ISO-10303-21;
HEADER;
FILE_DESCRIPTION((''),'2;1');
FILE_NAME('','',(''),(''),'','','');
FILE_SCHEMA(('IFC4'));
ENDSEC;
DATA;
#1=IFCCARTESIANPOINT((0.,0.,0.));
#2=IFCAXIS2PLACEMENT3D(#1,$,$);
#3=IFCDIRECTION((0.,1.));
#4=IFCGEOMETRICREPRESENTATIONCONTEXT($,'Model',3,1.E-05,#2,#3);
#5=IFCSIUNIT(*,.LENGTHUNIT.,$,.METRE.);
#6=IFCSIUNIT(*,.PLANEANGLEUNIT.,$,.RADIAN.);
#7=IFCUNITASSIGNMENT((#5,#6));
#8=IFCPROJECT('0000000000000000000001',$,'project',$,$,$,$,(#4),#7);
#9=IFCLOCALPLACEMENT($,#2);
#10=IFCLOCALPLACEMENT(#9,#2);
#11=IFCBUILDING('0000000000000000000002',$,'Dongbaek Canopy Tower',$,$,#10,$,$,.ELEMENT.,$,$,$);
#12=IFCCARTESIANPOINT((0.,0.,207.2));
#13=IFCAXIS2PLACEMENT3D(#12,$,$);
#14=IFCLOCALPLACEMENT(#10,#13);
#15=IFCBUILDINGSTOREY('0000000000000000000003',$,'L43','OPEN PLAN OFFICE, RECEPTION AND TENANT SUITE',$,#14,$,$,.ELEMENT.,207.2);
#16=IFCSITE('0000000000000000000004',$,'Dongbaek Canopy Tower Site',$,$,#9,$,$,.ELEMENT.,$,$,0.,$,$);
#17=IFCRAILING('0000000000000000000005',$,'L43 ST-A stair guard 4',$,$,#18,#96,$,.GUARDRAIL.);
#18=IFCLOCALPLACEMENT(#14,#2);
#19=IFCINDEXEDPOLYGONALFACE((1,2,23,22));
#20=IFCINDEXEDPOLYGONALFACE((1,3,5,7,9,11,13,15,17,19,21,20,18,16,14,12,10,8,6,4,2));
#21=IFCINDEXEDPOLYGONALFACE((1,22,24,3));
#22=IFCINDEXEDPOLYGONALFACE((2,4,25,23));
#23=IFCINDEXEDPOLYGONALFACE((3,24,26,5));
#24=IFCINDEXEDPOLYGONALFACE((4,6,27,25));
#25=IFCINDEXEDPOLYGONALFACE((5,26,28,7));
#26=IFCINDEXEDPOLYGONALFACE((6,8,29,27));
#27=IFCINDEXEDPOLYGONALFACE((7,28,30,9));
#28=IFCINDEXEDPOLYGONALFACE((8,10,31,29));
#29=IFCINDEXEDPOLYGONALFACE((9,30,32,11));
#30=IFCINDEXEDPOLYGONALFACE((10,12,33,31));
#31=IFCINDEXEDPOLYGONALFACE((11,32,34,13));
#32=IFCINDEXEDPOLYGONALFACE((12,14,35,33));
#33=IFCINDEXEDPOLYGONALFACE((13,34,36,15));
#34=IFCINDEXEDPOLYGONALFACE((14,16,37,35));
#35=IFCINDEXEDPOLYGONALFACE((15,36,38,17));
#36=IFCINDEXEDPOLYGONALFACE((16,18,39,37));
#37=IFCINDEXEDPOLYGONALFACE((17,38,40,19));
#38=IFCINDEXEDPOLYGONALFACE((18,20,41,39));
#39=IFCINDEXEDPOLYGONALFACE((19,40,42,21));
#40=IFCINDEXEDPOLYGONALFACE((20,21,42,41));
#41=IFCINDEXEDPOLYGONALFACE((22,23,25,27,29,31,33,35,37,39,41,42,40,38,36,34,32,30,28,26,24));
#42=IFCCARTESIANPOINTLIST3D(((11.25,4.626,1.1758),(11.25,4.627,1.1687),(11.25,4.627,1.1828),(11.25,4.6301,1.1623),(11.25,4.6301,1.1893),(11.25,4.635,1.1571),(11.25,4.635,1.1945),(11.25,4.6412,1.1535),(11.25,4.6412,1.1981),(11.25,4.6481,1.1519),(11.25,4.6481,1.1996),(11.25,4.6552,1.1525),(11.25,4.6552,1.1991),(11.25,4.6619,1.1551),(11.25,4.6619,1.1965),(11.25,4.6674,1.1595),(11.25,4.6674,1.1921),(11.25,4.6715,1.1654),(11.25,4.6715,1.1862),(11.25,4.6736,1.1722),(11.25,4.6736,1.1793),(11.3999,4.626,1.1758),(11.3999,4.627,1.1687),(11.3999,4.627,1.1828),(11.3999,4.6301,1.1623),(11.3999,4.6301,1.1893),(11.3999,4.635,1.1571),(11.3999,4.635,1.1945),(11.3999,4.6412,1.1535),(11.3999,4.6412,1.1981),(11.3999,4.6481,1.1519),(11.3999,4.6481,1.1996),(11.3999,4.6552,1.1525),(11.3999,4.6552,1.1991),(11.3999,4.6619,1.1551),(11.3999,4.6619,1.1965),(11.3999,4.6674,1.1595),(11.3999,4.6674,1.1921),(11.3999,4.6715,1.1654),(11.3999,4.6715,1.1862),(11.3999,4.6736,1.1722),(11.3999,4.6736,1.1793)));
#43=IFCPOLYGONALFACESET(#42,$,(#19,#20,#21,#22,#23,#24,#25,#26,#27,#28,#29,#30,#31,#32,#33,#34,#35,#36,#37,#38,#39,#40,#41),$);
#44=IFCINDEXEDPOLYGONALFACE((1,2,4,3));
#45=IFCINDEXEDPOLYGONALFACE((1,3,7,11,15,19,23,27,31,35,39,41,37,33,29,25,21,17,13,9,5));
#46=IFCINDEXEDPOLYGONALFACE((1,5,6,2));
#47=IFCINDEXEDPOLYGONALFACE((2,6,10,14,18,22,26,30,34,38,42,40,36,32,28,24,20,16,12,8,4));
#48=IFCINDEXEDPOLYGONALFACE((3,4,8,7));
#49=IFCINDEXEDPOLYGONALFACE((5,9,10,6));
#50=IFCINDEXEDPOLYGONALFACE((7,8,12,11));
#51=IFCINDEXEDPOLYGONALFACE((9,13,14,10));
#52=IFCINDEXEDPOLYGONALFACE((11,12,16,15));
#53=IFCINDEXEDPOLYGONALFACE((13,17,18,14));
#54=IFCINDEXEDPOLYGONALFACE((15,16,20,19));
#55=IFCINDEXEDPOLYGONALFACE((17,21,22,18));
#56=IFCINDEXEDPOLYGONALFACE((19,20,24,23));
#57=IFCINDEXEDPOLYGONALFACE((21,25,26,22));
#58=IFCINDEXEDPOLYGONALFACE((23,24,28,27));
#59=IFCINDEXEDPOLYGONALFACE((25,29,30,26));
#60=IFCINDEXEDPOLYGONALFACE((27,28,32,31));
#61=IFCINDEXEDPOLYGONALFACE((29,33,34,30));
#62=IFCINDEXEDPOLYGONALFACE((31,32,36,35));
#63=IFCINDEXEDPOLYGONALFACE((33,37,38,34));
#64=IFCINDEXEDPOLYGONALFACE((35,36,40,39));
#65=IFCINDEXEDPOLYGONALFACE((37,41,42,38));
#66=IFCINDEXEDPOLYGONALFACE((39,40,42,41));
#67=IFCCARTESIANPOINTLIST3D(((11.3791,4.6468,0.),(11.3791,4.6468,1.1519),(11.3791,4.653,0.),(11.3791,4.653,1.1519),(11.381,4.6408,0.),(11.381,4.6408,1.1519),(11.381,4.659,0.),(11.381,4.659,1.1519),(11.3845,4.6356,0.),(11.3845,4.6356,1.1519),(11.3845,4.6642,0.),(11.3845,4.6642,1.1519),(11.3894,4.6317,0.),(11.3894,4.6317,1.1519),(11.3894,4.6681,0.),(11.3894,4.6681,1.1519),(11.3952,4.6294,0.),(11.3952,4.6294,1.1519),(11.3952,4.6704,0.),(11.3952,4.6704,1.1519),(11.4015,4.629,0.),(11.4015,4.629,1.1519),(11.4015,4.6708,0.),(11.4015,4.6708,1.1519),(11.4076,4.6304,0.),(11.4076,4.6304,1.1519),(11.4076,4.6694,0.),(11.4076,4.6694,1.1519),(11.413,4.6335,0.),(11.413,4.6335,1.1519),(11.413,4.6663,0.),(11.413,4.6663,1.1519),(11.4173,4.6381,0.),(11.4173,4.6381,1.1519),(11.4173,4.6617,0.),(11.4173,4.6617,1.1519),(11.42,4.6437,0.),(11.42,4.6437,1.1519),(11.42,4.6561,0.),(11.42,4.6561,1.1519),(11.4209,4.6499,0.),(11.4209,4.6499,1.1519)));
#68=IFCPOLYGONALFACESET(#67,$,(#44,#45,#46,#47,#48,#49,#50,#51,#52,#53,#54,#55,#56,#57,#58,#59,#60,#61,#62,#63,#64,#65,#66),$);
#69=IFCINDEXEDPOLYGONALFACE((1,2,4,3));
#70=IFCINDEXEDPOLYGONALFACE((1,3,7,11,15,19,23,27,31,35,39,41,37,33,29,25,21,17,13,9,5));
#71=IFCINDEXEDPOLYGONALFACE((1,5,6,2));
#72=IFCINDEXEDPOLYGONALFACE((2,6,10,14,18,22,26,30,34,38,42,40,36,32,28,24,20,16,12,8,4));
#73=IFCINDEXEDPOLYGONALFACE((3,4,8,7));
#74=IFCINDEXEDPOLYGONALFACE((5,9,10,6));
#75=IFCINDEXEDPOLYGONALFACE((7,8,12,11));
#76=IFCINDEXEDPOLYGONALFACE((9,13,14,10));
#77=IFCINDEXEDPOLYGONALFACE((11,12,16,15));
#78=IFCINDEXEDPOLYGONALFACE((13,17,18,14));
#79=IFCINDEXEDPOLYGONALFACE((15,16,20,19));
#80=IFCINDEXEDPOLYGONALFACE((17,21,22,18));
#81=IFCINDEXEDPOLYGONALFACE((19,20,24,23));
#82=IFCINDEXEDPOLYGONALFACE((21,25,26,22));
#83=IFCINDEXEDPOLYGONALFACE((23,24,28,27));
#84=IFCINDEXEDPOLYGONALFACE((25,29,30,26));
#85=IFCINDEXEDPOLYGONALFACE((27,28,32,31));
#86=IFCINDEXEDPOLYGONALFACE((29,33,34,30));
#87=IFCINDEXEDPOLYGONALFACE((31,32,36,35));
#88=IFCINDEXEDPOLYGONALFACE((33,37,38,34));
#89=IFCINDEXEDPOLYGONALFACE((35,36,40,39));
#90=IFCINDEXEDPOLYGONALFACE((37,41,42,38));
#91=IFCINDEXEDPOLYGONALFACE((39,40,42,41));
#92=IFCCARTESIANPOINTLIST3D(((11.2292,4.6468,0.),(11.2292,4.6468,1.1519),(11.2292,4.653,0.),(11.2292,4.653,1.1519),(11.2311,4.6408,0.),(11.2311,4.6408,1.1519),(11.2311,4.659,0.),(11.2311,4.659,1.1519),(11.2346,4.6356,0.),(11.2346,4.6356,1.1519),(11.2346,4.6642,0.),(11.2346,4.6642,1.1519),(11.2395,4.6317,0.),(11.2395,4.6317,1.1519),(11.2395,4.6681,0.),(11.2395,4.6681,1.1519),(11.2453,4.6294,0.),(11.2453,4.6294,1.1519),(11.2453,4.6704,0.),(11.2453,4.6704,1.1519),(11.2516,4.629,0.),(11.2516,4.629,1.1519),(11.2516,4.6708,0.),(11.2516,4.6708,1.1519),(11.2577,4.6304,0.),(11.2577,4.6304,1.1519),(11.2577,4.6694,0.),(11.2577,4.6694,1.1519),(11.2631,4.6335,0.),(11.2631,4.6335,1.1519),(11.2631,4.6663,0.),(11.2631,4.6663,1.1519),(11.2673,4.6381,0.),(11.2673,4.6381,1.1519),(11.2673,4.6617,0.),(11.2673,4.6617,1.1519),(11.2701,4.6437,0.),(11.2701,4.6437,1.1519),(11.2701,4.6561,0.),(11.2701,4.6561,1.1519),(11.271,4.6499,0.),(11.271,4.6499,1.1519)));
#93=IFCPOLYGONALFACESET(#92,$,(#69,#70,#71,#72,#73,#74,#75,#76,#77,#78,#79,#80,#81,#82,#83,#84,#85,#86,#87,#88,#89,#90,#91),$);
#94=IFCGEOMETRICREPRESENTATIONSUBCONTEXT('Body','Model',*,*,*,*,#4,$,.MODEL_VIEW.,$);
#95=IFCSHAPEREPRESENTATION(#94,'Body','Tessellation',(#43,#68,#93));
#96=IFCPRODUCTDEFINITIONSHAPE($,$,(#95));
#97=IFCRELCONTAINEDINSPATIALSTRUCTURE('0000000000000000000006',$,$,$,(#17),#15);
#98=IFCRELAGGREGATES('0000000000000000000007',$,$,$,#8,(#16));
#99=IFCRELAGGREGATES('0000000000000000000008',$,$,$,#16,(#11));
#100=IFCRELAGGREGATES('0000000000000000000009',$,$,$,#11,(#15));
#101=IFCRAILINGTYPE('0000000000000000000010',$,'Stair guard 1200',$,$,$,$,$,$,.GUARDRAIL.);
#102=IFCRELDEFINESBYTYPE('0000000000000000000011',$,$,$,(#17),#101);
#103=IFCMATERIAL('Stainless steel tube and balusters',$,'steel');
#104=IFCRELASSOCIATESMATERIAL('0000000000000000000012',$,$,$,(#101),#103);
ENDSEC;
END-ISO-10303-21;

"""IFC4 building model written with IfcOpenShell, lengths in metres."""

from ifc_helpers import new_model, si_unit, direction, frame, origin, origin_2d, place, context, subcontext, project, spatial, circle, extrude, material, type_object, element, save


model = new_model("IFC4")

# Units and contexts
model_context = context("Model", 3, precision=1e-05, world=origin(), true_north=direction((0.0, 1.0)))
body_context = subcontext(model_context, "Body", "Model", "MODEL_VIEW")
ifc_project = project(units=[si_unit("LENGTHUNIT", "METRE"), si_unit("PLANEANGLEUNIT", "RADIAN")], contexts=[model_context])

# Site, building, storey
site_placement = place(None, origin())
site = spatial("IfcSite", under=ifc_project, at=site_placement, Name="Dongbaek Canopy Tower Site", CompositionType="ELEMENT", RefElevation=0.0)
building_placement = place(site_placement, origin())
building = spatial("IfcBuilding", under=site, at=building_placement, Name="Dongbaek Canopy Tower", CompositionType="ELEMENT")
storey_placement = place(building_placement, frame((0.0, 0.0, 207.2)))
storey = spatial("IfcBuildingStorey", under=building, at=storey_placement, Name="L43", Description="OPEN PLAN OFFICE, RECEPTION AND TENANT SUITE", CompositionType="ELEMENT", Elevation=207.2)

# Railing
ifc_material_1 = material(Name="Stainless steel tube and balusters", Category="steel")
railing_type_1 = type_object("IfcRailingType", Name="Stair guard 1200", PredefinedType="GUARDRAIL", material=ifc_material_1)
railing_1_placement = place(storey_placement, frame((11.3999, 4.6499, 0.0)))
element("IfcRailing", 1, at=railing_1_placement, inside=storey, type_object=railing_type_1, Name="L43 ST-A stair guard 4", PredefinedType="GUARDRAIL", context=body_context, shape_type="SweptSolid", body=[
    extrude(circle(Radius=0.0239, at=origin_2d()), frame((0.0, 0.0, 1.1758), z_axis=(-1.0, 0.0, 0.0), x_axis=(0.0, -1.0, 0.0)), (0.0, 0.0, 1.0), 0.1499),
    extrude(circle(Radius=0.021, at=origin_2d()), origin(), (0.0, 0.0, 1.0), 1.1519),
    extrude(circle(Radius=0.021, at=origin_2d()), frame((-0.1499, 0.0, 0.0)), (0.0, 0.0, 1.0), 1.1519),
])

save(model, "model.ifc")
